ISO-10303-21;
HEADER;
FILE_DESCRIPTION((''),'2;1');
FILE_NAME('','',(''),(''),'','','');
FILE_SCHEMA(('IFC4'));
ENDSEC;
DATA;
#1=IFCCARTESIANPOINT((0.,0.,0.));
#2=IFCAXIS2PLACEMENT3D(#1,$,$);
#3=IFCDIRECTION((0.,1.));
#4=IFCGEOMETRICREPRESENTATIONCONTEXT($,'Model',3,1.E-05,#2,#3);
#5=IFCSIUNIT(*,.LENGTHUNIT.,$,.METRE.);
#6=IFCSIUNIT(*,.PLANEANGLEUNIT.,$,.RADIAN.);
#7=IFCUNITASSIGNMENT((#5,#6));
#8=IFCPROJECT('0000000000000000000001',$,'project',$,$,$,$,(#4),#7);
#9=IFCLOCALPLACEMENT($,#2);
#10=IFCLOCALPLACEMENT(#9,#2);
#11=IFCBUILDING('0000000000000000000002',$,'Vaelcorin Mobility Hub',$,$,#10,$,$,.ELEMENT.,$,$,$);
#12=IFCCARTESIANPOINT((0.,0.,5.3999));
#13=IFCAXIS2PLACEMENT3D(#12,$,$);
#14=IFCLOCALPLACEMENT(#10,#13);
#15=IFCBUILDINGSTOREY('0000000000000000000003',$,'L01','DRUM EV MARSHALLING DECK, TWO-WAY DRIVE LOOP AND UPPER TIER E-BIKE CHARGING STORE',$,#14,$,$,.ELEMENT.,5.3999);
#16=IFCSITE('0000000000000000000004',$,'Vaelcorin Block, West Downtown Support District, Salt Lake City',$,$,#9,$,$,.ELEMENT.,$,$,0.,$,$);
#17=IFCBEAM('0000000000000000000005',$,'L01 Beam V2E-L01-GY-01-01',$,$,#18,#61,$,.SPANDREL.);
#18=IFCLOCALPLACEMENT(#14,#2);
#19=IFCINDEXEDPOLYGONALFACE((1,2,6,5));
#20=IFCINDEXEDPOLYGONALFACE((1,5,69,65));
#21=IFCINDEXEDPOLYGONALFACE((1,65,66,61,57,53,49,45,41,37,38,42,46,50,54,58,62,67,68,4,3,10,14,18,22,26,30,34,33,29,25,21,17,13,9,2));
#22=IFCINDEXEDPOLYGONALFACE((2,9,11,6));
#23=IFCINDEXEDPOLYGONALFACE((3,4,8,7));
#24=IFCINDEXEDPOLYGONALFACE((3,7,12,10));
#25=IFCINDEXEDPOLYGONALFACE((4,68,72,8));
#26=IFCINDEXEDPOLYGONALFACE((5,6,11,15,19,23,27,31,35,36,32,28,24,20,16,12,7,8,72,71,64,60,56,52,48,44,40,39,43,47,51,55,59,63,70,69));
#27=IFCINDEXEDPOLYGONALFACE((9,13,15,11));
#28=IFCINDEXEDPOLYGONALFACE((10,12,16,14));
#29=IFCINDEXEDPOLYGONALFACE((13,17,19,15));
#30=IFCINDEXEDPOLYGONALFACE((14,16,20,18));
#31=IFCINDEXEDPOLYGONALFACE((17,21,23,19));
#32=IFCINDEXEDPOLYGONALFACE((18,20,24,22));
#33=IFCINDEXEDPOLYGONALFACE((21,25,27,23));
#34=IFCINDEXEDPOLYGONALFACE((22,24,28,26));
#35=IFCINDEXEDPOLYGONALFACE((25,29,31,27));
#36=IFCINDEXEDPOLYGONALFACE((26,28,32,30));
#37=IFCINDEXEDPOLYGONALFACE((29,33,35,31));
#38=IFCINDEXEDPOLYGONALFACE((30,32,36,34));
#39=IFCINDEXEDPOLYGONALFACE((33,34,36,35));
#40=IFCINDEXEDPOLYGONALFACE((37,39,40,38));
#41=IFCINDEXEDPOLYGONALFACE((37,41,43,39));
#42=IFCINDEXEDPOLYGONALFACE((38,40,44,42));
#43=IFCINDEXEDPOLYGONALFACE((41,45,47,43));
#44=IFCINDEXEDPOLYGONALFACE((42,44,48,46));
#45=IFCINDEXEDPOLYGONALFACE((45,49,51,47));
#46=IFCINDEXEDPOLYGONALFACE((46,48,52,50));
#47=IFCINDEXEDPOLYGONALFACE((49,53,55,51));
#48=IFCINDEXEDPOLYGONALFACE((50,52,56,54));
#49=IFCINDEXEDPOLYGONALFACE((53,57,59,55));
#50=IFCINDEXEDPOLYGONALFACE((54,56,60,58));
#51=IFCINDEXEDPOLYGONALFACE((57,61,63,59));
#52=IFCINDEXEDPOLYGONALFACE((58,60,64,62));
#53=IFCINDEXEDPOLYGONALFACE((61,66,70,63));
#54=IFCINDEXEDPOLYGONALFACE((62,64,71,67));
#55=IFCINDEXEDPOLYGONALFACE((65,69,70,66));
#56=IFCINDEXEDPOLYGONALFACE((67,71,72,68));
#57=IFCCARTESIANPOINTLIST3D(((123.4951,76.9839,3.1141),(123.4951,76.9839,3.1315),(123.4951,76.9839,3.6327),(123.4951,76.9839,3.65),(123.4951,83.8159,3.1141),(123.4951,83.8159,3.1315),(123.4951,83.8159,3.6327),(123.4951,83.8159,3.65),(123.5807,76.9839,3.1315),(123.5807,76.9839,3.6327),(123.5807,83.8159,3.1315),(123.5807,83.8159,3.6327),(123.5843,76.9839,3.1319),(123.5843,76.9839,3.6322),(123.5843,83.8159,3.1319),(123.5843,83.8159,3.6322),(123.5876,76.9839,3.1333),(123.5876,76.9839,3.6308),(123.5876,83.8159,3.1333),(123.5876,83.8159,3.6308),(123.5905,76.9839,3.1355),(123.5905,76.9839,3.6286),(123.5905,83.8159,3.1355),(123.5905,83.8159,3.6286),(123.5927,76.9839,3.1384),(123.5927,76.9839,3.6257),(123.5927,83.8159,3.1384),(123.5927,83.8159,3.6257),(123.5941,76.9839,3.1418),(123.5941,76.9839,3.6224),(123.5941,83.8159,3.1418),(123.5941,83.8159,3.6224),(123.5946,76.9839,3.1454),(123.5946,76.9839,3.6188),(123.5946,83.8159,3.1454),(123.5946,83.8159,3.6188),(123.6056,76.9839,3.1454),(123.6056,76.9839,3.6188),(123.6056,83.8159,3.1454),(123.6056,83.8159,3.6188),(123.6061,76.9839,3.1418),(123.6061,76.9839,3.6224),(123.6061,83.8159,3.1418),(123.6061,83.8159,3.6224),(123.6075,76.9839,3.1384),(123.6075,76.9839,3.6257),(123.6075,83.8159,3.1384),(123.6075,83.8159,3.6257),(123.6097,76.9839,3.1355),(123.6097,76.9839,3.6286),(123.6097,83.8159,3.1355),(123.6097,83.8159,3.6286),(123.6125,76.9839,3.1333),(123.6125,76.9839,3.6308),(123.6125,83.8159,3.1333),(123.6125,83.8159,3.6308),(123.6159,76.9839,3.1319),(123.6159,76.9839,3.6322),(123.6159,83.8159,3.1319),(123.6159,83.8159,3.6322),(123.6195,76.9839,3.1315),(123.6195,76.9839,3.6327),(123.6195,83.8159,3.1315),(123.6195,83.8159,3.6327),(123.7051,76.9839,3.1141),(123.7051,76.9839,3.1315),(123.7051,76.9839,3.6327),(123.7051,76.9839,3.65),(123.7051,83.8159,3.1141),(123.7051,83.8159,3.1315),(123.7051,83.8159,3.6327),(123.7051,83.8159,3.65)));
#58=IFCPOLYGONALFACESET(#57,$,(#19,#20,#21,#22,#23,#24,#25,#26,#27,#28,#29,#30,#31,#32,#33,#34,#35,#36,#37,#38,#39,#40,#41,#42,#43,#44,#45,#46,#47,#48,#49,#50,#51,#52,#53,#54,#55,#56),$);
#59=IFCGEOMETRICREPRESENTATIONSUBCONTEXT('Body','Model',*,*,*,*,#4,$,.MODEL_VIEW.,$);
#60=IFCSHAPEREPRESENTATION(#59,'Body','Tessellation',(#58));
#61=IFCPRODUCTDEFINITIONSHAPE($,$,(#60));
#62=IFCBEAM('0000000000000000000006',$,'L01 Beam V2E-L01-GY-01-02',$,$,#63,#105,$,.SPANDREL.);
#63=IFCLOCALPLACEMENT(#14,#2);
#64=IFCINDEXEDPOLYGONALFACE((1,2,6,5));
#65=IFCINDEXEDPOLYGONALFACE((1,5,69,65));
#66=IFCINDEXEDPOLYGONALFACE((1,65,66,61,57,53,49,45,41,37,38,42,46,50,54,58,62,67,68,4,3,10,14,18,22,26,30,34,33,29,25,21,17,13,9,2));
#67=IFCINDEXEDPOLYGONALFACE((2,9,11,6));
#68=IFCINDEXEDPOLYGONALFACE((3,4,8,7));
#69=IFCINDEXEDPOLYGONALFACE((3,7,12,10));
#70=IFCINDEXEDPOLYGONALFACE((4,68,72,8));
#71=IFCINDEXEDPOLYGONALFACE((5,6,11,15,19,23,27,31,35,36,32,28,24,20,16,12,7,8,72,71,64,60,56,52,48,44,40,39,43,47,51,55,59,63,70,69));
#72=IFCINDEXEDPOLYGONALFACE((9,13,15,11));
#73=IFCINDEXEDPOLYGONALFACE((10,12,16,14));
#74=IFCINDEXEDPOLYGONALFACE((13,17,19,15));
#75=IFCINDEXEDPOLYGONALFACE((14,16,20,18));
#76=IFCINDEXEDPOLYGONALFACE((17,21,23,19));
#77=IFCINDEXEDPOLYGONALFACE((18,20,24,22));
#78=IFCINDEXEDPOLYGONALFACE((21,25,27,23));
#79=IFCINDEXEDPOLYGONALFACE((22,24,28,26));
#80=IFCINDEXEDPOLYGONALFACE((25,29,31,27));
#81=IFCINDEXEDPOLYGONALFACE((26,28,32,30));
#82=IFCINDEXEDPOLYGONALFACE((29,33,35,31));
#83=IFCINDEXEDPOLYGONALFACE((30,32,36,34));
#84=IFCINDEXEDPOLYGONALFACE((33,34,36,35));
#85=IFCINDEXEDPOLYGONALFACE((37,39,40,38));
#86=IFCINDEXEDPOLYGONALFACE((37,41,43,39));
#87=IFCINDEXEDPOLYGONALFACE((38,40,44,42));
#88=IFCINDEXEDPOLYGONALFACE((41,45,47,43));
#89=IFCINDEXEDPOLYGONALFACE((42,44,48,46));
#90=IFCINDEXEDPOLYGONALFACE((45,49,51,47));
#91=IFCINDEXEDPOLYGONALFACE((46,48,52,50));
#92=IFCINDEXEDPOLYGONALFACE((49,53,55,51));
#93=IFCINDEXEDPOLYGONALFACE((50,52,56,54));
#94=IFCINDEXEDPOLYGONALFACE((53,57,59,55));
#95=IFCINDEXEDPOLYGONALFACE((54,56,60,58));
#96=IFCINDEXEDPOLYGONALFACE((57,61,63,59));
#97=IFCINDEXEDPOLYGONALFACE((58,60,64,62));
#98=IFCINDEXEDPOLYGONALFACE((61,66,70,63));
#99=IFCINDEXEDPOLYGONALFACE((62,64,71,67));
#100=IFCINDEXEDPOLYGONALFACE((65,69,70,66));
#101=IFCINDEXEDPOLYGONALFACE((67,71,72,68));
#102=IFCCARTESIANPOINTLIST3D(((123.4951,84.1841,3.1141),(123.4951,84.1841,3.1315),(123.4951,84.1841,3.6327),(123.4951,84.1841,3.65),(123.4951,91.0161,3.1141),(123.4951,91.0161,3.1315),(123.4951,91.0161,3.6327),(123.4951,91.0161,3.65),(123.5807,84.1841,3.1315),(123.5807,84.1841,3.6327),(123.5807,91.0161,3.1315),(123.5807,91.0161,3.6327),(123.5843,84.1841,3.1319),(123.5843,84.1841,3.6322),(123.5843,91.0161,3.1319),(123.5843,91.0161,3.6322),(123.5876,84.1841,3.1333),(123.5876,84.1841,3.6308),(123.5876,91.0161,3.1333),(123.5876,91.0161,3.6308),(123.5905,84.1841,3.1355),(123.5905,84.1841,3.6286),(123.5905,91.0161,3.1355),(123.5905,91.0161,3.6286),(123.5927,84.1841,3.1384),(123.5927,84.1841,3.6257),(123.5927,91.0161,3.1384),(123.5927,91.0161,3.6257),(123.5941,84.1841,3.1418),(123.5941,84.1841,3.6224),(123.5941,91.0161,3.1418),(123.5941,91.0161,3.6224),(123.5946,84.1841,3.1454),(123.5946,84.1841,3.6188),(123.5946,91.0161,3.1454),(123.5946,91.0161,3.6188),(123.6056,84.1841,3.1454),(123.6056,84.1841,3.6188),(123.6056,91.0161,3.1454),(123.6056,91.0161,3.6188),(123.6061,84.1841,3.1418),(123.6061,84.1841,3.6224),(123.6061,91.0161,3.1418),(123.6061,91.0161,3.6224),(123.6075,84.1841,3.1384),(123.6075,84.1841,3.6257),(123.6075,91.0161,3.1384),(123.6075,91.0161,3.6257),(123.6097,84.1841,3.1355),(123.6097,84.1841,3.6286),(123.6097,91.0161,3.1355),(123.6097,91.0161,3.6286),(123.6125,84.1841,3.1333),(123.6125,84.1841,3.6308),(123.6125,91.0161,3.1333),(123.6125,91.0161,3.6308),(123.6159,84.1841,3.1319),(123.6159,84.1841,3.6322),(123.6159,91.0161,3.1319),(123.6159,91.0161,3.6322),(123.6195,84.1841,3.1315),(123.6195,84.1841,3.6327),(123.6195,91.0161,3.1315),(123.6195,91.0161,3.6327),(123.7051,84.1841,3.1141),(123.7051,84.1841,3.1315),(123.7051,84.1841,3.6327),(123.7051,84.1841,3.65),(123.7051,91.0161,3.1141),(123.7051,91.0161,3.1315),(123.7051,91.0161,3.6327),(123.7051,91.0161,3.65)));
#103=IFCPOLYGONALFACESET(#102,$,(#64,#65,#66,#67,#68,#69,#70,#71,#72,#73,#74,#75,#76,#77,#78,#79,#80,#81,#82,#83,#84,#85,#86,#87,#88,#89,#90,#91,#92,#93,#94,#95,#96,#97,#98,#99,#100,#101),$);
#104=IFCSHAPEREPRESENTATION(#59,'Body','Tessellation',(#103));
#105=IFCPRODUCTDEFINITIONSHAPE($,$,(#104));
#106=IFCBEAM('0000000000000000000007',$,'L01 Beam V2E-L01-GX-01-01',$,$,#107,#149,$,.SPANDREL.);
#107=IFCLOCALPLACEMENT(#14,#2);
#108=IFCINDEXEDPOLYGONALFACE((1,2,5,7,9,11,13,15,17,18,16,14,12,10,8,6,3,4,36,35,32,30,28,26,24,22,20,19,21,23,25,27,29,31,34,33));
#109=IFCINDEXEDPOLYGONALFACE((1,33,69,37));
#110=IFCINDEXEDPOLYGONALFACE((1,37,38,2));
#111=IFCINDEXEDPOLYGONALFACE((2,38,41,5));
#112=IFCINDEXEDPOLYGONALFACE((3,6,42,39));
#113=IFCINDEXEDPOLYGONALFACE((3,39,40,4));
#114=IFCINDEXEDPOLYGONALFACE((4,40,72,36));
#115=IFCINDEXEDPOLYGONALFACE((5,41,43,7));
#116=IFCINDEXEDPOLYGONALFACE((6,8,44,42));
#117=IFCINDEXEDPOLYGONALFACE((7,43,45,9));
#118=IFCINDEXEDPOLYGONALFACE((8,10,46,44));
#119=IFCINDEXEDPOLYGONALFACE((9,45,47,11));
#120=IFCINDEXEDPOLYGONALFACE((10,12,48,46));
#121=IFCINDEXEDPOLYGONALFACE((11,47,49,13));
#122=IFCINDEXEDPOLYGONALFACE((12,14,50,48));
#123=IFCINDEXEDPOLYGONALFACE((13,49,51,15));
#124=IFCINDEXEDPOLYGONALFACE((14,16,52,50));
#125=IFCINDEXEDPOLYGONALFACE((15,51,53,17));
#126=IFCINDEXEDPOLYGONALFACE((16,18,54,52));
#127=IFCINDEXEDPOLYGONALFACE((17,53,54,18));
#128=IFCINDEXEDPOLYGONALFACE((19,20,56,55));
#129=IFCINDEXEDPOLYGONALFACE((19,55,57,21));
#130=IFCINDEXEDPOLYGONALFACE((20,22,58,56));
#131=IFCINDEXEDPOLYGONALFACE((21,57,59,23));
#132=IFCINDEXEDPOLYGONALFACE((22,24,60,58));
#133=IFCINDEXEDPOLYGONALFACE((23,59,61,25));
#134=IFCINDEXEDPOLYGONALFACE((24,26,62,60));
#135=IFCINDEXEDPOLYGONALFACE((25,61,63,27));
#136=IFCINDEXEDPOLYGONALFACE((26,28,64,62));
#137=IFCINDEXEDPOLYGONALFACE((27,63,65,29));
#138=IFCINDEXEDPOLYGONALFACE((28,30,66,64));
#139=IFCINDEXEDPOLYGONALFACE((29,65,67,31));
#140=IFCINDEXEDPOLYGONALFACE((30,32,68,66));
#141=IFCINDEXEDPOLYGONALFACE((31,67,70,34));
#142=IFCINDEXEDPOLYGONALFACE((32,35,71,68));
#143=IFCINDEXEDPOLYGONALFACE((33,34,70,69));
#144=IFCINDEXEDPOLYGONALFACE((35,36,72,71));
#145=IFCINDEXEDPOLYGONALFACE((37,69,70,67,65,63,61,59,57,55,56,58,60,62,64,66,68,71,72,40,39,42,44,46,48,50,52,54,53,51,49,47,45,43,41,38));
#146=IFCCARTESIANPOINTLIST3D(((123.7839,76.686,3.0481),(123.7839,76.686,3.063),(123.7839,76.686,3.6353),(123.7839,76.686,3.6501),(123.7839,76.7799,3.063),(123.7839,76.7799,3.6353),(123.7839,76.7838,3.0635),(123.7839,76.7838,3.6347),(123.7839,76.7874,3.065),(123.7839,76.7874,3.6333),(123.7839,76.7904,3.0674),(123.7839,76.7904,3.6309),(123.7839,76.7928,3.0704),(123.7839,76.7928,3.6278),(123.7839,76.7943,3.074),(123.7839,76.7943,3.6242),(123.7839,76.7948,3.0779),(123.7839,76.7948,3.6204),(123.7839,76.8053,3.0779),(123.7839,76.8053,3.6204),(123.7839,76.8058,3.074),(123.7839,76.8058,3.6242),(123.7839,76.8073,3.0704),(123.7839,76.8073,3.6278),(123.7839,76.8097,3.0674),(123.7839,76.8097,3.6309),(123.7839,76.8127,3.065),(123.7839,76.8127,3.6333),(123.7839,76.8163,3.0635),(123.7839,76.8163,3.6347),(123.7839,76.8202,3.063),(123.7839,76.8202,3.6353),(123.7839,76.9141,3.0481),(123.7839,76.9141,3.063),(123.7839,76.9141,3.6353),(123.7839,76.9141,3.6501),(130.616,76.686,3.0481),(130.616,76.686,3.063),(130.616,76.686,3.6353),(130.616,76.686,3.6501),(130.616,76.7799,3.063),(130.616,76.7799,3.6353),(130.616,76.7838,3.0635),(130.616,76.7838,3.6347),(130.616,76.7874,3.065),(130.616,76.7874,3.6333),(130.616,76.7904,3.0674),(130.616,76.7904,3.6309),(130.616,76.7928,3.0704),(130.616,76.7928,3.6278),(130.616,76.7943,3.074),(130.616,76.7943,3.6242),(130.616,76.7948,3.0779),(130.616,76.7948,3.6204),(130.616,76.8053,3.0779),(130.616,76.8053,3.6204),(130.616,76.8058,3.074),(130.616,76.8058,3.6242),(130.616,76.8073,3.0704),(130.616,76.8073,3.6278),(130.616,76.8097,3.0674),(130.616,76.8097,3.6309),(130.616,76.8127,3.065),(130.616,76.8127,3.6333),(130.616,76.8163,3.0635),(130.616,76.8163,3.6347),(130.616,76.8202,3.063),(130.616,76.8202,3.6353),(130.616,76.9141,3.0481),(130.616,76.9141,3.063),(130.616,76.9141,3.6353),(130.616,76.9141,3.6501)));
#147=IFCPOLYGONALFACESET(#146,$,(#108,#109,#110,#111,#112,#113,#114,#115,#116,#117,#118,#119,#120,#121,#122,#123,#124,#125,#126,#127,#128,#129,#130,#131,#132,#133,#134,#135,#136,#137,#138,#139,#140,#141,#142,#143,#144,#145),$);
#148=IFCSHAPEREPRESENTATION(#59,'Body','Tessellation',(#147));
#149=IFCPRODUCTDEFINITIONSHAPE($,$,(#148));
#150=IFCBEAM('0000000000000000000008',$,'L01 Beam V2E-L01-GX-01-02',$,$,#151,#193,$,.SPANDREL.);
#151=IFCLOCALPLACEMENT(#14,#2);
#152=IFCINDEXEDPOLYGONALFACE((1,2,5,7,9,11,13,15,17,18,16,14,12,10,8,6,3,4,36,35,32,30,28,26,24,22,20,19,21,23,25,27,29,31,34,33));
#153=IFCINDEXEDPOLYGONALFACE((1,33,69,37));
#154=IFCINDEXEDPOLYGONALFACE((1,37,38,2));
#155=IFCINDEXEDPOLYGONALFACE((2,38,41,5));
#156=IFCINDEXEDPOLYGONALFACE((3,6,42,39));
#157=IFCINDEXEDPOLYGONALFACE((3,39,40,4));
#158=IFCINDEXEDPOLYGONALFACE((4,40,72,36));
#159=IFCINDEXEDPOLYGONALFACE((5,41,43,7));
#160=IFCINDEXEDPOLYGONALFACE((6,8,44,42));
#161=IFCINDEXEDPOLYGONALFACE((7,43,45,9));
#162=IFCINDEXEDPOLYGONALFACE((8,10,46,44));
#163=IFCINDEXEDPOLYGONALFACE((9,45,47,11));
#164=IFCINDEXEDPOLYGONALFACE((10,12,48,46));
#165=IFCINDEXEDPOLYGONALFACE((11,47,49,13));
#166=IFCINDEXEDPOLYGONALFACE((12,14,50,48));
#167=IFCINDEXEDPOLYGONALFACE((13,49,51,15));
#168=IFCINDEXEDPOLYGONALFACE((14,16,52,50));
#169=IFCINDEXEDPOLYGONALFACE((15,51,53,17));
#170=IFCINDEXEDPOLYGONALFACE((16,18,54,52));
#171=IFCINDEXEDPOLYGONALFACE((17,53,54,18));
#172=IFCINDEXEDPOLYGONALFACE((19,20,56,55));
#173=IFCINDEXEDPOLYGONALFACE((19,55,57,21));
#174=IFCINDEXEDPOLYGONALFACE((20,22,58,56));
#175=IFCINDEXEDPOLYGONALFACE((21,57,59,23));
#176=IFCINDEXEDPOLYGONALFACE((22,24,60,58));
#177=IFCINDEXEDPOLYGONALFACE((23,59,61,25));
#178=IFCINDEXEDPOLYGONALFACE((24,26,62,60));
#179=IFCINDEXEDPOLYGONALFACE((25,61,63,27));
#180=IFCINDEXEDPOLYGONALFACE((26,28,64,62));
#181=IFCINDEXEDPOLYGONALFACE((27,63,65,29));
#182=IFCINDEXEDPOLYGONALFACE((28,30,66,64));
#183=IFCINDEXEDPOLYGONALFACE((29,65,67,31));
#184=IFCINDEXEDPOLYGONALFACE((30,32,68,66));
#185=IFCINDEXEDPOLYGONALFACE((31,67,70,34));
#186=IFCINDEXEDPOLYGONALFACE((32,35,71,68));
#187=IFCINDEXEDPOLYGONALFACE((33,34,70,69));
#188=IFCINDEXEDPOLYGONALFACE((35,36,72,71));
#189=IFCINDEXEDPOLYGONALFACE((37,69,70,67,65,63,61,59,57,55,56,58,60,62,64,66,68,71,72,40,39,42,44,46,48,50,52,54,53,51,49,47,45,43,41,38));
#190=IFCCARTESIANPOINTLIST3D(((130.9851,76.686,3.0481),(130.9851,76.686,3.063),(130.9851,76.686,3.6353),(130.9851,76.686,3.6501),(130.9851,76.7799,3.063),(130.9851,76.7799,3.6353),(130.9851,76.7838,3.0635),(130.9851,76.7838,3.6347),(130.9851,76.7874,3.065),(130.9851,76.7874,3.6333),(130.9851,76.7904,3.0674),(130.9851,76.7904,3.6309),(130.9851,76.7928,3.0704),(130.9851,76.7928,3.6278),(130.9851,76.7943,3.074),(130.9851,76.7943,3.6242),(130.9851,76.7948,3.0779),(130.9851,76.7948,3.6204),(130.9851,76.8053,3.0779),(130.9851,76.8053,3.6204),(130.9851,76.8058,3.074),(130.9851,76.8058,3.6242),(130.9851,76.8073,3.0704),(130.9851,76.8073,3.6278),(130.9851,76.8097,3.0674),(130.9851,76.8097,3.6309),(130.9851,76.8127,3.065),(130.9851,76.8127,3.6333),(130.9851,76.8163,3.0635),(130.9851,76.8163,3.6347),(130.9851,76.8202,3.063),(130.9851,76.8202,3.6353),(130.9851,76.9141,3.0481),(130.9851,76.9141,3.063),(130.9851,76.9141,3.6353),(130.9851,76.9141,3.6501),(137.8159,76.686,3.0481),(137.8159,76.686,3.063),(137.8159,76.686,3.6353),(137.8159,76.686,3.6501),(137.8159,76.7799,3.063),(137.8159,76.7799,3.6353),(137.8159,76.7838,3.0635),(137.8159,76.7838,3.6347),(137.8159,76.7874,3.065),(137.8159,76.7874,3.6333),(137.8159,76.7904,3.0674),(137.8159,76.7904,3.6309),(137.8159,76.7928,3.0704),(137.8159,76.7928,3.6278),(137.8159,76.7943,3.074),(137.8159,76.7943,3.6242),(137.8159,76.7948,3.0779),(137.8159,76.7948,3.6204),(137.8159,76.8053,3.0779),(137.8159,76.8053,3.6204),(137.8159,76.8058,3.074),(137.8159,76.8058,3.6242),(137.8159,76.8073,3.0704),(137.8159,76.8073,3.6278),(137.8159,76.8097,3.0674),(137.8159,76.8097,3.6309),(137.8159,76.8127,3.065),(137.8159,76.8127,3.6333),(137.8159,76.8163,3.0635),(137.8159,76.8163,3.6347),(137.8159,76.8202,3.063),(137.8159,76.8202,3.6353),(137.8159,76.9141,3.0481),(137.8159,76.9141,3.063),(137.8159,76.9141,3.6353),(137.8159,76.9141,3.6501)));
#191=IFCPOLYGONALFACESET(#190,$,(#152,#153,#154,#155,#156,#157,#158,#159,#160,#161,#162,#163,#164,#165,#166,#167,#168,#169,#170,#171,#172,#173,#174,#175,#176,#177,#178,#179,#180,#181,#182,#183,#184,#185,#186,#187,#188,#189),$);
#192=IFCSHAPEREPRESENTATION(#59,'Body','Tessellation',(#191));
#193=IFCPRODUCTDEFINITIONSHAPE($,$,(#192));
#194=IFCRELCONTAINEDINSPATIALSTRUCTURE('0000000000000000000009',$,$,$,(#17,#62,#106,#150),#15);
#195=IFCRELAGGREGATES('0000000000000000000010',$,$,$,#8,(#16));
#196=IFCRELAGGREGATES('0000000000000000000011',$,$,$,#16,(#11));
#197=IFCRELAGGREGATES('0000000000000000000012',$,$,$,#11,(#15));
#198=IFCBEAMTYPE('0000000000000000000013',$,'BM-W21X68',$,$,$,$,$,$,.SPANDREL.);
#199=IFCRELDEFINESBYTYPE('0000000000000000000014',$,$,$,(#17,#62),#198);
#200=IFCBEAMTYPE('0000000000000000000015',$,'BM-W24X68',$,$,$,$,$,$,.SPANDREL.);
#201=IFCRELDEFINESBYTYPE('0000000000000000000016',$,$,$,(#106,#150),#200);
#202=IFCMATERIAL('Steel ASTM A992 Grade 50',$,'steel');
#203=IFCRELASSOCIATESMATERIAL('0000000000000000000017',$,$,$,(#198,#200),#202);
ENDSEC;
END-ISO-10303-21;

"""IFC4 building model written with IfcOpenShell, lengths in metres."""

from ifc_helpers import new_model, si_unit, direction, frame, origin, origin_2d, place, context, subcontext, project, spatial, i_section, extrude, material, material_profile, profile_set, type_object, element, save


model = new_model("IFC4")

# Units and contexts
model_context = context("Model", 3, precision=1e-05, world=origin(), true_north=direction((0.0, 1.0)))
body_context = subcontext(model_context, "Body", "Model", "MODEL_VIEW")
ifc_project = project(units=[si_unit("LENGTHUNIT", "METRE"), si_unit("PLANEANGLEUNIT", "RADIAN")], contexts=[model_context])

# Site, building, storey
site_placement = place(None, origin())
site = spatial("IfcSite", under=ifc_project, at=site_placement, Name="Vaelcorin Block, West Downtown Support District, Salt Lake City", CompositionType="ELEMENT", RefElevation=0.0)
building_placement = place(site_placement, origin())
building = spatial("IfcBuilding", under=site, at=building_placement, Name="Vaelcorin Mobility Hub", CompositionType="ELEMENT")
storey_placement = place(building_placement, frame((0.0, 0.0, 5.3999)))
storey = spatial("IfcBuildingStorey", under=building, at=storey_placement, Name="L01", Description="DRUM EV MARSHALLING DECK, TWO-WAY DRIVE LOOP AND UPPER TIER E-BIKE CHARGING STORE", CompositionType="ELEMENT", Elevation=5.3999)

# Shared definitions
ifc_material_1 = material(Name="Steel ASTM A992 Grade 50", Category="steel")

# Beams
ifc_material_profile_1 = material_profile(ifc_material_1, i_section(OverallWidth=0.21, OverallDepth=0.5359, WebThickness=0.011, FlangeThickness=0.0173, FilletRadius=0.0139, at=origin_2d()), Name="W21X68")
ifc_profile_set_1 = profile_set([ifc_material_profile_1], Name="Steel ASTM A992 Grade 50")
beam_type_1 = type_object("IfcBeamType", Name="BM-W21X68", PredefinedType="SPANDREL", material=ifc_profile_set_1)
for number, where, z_axis, x_axis, name in (
    (1, (123.6001, 76.9839, 3.3821), (0.0, 1.0, 0.0), (-1.0, 0.0, 0.0), "L01 Beam V2E-L01-GY-01-01"),
    (2, (123.6001, 84.1841, 3.3821), (0.0, 1.0, 0.0), (-1.0, 0.0, 0.0), "L01 Beam V2E-L01-GY-01-02"),
):
    element("IfcBeam", number, at=place(storey_placement, frame(where, z_axis=z_axis, x_axis=x_axis)), inside=storey, type_object=beam_type_1, Name=name, PredefinedType="SPANDREL", context=body_context, shape_type="SweptSolid", body=[
        extrude(i_section(OverallWidth=0.21, OverallDepth=0.5359, WebThickness=0.011, FlangeThickness=0.0173, FilletRadius=0.0139, at=origin_2d()), origin(), (0.0, 0.0, 1.0), 6.832),
    ])
ifc_material_profile_2 = material_profile(ifc_material_1, i_section(OverallWidth=0.228, OverallDepth=0.6021, WebThickness=0.0105, FlangeThickness=0.0149, FilletRadius=0.0149, at=origin_2d()), Name="W24X68")
ifc_profile_set_2 = profile_set([ifc_material_profile_2], Name="Steel ASTM A992 Grade 50")
beam_type_2 = type_object("IfcBeamType", Name="BM-W24X68", PredefinedType="SPANDREL", material=ifc_profile_set_2)
beam_1_placement = place(storey_placement, frame((123.7839, 76.8, 3.3491), z_axis=(1.0, 0.0, 0.0), x_axis=(0.0, 1.0, 0.0)))
element("IfcBeam", 3, at=beam_1_placement, inside=storey, type_object=beam_type_2, Name="L01 Beam V2E-L01-GX-01-01", PredefinedType="SPANDREL", context=body_context, shape_type="SweptSolid", body=[
    extrude(i_section(OverallWidth=0.228, OverallDepth=0.6021, WebThickness=0.0105, FlangeThickness=0.0149, FilletRadius=0.0149, at=origin_2d()), origin(), (0.0, 0.0, 1.0), 6.832),
])
beam_2_placement = place(storey_placement, frame((130.9851, 76.8, 3.3491), z_axis=(1.0, 0.0, 0.0), x_axis=(0.0, 1.0, 0.0)))
element("IfcBeam", 4, at=beam_2_placement, inside=storey, type_object=beam_type_2, Name="L01 Beam V2E-L01-GX-01-02", PredefinedType="SPANDREL", context=body_context, shape_type="SweptSolid", body=[
    extrude(i_section(OverallWidth=0.228, OverallDepth=0.6021, WebThickness=0.0105, FlangeThickness=0.0149, FilletRadius=0.0149, at=origin_2d()), origin(), (0.0, 0.0, 1.0), 6.8308),
])

save(model, "model.ifc")
